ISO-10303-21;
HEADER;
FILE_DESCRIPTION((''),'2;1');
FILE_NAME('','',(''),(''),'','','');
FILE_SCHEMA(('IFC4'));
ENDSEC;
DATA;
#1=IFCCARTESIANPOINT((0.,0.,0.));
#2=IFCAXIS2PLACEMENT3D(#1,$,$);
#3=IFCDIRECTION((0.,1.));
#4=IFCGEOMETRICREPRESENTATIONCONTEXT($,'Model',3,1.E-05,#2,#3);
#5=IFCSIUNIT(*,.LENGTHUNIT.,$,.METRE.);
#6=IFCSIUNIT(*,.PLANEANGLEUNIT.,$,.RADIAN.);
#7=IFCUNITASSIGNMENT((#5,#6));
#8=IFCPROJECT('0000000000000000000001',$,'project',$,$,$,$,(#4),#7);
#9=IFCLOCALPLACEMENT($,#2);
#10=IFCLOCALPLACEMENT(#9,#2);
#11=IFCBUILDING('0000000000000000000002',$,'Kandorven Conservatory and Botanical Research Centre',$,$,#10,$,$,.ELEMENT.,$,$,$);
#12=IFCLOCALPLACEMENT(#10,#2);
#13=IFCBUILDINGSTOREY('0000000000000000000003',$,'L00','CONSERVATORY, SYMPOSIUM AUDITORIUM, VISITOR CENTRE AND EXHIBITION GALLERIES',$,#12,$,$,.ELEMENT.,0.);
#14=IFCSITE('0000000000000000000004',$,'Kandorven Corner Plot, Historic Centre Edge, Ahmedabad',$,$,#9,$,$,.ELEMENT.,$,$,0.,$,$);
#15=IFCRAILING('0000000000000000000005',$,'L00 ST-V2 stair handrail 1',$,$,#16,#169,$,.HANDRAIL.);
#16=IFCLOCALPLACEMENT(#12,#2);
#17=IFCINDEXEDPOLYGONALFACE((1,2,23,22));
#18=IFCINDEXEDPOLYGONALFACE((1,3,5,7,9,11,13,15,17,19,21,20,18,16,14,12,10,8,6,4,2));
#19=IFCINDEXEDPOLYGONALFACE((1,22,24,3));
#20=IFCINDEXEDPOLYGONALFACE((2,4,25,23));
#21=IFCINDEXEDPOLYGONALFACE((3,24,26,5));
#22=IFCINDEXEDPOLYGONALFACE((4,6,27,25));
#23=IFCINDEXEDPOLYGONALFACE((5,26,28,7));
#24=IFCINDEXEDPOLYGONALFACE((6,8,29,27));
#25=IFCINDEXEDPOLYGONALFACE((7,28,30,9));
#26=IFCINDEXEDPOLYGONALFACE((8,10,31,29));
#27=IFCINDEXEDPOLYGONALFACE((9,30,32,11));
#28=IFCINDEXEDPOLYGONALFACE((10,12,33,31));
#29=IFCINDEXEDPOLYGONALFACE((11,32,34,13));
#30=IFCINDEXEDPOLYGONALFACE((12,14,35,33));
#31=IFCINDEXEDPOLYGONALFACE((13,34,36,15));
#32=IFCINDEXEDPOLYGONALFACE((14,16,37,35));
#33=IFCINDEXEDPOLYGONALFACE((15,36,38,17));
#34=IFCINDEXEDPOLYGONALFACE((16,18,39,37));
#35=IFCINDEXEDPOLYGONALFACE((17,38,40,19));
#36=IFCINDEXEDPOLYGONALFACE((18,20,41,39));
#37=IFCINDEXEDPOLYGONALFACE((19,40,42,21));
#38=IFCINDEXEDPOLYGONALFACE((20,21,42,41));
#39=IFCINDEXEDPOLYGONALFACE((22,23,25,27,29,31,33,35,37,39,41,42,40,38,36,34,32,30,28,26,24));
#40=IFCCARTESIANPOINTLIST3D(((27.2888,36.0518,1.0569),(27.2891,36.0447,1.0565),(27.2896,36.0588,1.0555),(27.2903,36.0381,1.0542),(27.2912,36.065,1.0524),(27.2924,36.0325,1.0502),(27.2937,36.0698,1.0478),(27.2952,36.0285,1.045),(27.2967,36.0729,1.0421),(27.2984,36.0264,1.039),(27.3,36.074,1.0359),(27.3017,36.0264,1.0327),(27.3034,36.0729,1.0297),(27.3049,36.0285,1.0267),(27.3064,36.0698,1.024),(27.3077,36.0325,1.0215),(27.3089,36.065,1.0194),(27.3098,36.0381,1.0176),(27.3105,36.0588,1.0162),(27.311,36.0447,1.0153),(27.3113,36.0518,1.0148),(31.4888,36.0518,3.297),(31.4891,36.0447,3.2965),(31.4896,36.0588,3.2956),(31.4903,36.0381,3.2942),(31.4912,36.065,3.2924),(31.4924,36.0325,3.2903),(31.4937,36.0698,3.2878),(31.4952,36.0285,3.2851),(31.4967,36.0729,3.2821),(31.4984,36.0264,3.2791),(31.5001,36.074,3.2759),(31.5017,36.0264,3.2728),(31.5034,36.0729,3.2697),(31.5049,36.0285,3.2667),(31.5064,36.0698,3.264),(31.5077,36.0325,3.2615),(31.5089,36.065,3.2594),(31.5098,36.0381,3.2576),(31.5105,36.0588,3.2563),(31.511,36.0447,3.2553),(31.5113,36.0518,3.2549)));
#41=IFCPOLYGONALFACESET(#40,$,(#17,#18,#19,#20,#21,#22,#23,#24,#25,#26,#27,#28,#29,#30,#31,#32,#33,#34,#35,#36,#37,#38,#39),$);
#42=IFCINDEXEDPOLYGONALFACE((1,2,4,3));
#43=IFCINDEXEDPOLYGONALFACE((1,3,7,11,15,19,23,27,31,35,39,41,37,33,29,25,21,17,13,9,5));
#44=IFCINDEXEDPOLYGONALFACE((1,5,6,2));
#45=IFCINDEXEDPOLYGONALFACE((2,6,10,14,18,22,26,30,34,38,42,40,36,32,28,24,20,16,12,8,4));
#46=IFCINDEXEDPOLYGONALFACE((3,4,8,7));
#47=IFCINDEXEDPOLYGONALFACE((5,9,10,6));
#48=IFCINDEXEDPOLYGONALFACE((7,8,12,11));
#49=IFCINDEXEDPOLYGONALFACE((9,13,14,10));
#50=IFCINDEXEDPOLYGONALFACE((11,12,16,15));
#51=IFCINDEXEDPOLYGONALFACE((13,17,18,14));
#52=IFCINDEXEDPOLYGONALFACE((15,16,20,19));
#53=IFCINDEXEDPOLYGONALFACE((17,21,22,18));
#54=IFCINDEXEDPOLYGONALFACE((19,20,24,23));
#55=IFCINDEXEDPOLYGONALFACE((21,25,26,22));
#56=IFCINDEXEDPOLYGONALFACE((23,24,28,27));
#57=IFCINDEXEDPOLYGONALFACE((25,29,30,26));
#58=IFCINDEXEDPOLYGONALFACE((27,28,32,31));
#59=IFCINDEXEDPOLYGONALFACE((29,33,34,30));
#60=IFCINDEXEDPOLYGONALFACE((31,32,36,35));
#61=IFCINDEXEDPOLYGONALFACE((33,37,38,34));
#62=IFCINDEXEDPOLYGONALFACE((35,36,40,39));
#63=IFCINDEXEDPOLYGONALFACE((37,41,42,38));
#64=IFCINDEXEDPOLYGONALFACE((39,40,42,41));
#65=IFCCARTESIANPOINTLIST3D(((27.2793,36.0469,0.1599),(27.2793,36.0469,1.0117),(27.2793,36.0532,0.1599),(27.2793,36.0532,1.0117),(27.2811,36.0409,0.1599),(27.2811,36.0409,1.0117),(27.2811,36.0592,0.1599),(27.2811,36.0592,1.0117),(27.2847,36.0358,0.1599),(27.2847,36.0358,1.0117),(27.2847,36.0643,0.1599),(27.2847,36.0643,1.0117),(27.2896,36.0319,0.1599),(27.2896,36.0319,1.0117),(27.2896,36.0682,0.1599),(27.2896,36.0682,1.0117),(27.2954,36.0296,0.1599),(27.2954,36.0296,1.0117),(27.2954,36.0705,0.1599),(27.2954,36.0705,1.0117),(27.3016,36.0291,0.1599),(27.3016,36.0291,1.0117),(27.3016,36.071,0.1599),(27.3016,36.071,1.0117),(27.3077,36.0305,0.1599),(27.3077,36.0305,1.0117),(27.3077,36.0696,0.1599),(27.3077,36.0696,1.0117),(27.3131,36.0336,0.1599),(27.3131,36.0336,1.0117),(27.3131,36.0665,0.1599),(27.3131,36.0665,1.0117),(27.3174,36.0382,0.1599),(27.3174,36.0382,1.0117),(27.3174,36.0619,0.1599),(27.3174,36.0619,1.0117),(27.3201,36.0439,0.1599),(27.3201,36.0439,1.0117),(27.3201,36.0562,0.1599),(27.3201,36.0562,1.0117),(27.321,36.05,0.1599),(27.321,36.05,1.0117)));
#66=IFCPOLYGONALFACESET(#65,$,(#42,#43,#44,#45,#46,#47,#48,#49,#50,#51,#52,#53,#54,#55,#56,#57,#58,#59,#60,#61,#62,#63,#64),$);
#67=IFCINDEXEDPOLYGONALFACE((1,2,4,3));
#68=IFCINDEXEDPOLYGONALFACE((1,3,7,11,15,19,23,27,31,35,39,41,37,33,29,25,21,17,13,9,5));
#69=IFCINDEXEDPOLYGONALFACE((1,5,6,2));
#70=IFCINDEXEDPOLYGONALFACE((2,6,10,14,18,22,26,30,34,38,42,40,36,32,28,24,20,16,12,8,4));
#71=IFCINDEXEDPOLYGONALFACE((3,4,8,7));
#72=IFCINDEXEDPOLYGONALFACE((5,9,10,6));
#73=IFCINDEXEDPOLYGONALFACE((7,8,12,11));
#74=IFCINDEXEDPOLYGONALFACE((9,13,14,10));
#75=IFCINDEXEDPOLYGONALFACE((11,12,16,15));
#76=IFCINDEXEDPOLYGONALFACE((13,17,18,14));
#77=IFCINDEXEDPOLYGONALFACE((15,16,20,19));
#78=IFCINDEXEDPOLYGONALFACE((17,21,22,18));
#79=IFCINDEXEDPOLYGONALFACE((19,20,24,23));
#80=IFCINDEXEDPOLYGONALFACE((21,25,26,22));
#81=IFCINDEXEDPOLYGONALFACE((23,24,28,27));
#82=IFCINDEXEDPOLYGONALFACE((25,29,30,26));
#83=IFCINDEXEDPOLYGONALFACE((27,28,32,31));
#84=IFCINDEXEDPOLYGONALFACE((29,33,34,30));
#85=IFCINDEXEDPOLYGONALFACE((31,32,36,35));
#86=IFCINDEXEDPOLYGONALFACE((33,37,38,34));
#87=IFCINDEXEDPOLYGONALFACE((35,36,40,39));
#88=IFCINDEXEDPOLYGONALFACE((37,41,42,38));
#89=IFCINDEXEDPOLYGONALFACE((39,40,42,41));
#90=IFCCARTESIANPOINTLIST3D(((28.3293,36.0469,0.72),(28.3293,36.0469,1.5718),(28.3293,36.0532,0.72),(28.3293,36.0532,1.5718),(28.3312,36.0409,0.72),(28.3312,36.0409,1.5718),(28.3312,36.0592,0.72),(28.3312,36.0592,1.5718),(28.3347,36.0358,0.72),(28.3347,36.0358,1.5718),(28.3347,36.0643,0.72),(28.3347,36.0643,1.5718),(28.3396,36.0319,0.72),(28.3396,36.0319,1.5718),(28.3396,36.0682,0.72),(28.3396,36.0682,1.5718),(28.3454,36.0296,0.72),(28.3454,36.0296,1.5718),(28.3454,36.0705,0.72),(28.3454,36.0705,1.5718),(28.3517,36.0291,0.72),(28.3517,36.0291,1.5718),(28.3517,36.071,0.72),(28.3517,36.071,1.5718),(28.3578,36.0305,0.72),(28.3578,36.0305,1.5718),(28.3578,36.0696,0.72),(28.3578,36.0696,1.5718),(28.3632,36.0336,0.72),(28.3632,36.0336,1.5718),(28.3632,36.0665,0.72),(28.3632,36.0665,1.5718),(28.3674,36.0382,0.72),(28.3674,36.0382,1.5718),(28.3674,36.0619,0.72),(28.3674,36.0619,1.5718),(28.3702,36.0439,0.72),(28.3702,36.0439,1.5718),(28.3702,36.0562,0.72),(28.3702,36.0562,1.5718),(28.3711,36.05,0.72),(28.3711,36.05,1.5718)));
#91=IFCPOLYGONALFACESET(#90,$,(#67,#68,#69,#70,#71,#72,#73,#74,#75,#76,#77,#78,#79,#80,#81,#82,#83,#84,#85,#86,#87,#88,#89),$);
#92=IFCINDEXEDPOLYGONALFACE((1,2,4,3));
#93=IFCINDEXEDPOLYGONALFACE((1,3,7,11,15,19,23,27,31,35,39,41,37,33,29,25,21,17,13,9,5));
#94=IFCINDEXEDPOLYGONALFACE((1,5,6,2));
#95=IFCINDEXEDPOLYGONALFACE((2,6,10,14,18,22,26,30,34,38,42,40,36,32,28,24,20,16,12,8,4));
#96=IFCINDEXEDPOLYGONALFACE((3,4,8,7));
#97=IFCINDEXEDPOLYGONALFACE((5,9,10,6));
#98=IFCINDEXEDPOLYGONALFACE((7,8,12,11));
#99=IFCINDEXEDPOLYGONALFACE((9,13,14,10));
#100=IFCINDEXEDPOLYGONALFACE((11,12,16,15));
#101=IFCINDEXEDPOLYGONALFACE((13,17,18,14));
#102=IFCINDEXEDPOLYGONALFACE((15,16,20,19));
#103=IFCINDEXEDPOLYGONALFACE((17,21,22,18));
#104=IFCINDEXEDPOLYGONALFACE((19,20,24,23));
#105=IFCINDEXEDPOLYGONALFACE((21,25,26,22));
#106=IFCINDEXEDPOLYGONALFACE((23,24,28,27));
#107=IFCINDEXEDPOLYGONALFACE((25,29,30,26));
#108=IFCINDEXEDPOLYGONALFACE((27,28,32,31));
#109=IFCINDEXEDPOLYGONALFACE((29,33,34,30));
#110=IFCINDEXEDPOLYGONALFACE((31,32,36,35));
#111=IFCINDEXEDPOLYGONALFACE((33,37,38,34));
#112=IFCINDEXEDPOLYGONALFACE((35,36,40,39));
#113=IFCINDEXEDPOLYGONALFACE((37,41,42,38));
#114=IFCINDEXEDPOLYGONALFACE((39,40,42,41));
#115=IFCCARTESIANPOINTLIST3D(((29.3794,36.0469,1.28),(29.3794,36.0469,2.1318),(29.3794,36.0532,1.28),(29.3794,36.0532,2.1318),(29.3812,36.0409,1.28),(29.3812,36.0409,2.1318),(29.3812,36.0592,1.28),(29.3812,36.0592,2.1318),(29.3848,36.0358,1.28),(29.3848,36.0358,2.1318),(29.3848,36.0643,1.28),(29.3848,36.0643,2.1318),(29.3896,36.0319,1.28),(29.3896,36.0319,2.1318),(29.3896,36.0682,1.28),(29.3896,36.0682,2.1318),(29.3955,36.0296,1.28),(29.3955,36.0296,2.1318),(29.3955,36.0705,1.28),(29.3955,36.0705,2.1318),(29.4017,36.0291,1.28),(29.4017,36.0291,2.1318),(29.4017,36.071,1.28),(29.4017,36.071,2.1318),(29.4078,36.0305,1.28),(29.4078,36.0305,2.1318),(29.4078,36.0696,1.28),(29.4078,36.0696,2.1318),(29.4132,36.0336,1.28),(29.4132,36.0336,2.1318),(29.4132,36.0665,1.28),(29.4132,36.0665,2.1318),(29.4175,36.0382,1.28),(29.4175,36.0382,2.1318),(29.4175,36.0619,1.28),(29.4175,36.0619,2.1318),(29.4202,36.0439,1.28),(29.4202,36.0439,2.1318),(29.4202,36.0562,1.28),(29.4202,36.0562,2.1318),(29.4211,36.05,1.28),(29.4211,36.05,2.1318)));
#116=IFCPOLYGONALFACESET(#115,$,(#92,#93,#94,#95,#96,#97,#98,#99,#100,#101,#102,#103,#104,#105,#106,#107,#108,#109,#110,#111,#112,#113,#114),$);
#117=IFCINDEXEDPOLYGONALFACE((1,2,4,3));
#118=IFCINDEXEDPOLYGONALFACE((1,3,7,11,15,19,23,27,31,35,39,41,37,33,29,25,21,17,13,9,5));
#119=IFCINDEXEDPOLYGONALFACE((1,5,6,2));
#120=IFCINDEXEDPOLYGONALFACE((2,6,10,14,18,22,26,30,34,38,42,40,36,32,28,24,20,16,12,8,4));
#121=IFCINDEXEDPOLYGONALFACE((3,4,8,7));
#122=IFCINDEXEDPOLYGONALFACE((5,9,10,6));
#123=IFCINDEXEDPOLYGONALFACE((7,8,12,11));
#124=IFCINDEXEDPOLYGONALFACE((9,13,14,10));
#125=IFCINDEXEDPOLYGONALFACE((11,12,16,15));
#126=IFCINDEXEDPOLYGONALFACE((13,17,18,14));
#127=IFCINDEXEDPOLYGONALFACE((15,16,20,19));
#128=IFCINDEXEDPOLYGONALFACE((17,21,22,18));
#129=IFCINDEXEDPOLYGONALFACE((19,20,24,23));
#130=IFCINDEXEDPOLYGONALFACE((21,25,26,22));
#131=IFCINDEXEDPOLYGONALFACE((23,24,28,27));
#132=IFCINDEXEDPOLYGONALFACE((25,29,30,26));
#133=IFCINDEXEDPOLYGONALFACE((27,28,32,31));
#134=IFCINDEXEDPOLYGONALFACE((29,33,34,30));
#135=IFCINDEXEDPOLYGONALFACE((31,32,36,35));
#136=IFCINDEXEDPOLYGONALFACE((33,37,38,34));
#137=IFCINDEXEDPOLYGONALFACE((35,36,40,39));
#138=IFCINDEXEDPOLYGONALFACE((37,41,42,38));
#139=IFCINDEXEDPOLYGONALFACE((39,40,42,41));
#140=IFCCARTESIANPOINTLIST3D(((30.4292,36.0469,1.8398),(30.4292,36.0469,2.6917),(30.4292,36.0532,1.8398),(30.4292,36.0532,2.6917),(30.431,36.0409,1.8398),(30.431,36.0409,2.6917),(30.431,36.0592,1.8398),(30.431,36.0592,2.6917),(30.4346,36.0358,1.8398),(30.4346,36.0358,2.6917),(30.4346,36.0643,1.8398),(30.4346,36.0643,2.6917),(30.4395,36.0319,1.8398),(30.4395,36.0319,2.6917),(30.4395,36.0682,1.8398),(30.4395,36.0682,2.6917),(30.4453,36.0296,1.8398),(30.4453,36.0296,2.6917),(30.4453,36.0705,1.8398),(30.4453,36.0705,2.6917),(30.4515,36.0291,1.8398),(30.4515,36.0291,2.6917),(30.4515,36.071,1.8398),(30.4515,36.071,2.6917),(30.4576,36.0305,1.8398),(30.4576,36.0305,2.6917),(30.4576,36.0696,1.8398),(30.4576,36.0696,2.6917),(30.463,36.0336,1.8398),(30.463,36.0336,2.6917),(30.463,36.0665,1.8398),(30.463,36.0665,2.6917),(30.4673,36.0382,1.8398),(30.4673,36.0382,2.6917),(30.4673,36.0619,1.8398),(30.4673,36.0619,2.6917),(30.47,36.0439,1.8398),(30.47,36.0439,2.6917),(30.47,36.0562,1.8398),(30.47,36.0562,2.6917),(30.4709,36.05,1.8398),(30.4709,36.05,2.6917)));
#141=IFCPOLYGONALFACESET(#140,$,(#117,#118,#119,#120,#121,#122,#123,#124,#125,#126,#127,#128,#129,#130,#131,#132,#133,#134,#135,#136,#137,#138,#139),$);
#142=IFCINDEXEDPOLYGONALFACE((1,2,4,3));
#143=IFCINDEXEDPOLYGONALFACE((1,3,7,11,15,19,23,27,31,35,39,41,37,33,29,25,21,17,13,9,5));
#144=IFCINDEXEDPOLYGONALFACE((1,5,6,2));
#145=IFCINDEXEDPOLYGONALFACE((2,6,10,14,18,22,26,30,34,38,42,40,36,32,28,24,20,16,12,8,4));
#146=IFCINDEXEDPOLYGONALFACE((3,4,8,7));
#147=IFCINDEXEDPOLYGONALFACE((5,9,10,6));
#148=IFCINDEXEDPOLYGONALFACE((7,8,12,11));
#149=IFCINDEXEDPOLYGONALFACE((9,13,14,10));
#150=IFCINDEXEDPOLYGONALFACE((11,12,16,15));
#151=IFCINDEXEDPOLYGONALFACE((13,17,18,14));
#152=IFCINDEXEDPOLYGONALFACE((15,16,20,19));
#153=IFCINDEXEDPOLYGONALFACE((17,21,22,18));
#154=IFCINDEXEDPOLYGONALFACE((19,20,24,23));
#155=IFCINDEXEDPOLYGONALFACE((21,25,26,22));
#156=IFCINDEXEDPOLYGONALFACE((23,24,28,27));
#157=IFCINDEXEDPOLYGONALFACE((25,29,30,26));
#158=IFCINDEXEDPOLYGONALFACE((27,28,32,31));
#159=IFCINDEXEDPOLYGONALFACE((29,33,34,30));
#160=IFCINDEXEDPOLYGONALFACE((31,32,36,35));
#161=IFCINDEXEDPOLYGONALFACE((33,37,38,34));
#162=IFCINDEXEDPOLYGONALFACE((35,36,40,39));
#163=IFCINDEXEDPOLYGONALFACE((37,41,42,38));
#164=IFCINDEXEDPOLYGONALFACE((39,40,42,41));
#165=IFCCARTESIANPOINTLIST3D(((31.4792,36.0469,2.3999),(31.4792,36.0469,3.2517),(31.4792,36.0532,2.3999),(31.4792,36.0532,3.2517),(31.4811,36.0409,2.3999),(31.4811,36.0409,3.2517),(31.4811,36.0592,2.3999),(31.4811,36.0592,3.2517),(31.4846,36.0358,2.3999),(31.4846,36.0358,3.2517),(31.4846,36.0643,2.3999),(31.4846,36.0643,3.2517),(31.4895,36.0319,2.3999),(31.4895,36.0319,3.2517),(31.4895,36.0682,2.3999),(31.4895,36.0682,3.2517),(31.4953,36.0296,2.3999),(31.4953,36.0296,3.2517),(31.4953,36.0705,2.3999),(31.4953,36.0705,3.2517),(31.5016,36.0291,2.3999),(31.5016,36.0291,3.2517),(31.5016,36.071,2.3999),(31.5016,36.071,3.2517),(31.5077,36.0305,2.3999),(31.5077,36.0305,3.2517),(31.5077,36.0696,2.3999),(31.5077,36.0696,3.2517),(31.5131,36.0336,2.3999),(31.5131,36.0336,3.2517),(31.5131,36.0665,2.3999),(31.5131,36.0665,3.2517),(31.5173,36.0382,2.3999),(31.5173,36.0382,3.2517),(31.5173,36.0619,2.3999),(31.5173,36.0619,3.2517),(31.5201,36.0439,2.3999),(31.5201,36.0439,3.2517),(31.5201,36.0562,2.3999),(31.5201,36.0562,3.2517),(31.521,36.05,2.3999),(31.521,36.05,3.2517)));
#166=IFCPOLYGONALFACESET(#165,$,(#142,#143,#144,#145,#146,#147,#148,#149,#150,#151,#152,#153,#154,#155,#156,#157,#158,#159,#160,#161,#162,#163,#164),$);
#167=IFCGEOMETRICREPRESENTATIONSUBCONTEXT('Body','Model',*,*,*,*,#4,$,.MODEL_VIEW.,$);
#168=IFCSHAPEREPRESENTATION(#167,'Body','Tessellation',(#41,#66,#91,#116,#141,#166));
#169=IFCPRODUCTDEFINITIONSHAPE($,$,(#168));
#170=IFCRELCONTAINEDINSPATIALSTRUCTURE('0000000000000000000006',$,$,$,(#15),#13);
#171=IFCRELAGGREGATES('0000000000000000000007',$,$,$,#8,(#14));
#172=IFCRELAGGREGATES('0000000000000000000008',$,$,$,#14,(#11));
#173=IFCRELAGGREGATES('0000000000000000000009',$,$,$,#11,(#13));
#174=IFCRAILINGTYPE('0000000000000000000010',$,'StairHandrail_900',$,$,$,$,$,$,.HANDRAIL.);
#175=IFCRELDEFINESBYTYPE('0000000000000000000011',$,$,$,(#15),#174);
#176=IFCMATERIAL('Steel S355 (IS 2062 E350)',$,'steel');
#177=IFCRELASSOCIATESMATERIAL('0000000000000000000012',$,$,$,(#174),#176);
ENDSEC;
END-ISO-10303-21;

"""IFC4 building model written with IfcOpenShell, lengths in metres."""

from ifc_helpers import new_model, si_unit, direction, frame, origin, origin_2d, place, context, subcontext, project, spatial, circle, extrude, material, type_object, element, save


model = new_model("IFC4")

# Units and contexts
model_context = context("Model", 3, precision=1e-05, world=origin(), true_north=direction((0.0, 1.0)))
body_context = subcontext(model_context, "Body", "Model", "MODEL_VIEW")
ifc_project = project(units=[si_unit("LENGTHUNIT", "METRE"), si_unit("PLANEANGLEUNIT", "RADIAN")], contexts=[model_context])

# Site, building, storey
site_placement = place(None, origin())
site = spatial("IfcSite", under=ifc_project, at=site_placement, Name="Kandorven Corner Plot, Historic Centre Edge, Ahmedabad", CompositionType="ELEMENT", RefElevation=0.0)
building_placement = place(site_placement, origin())
building = spatial("IfcBuilding", under=site, at=building_placement, Name="Kandorven Conservatory and Botanical Research Centre", CompositionType="ELEMENT")
storey_placement = place(building_placement, origin())
storey = spatial("IfcBuildingStorey", under=building, at=storey_placement, Name="L00", Description="CONSERVATORY, SYMPOSIUM AUDITORIUM, VISITOR CENTRE AND EXHIBITION GALLERIES", CompositionType="ELEMENT", Elevation=0.0)

# Railing
ifc_material_1 = material(Name="Steel S355 (IS 2062 E350)", Category="steel")
railing_type_1 = type_object("IfcRailingType", Name="StairHandrail_900", PredefinedType="HANDRAIL", material=ifc_material_1)
railing_1_placement = place(storey_placement, frame((27.3, 36.05, 0.1599)))
element("IfcRailing", 1, at=railing_1_placement, inside=storey, type_object=railing_type_1, Name="L00 ST-V2 stair handrail 1", PredefinedType="HANDRAIL", context=body_context, shape_type="SweptSolid", body=[
    extrude(circle(Radius=0.0239, at=origin_2d()), frame((0.0, 0.0, 0.876), z_axis=(0.882352, 0.0, 0.470591), x_axis=(0.0, 1.0, 0.0)), (0.0, 0.0, 1.0), 4.76),
    extrude(circle(Radius=0.021, at=origin_2d()), origin(), (0.0, 0.0, 1.0), 0.8518),
    extrude(circle(Radius=0.021, at=origin_2d()), frame((1.05, 0.0, 0.5601)), (0.0, 0.0, 1.0), 0.8518),
    extrude(circle(Radius=0.021, at=origin_2d()), frame((2.1001, 0.0, 1.1201)), (0.0, 0.0, 1.0), 0.8518),
    extrude(circle(Radius=0.021, at=origin_2d()), frame((3.1499, 0.0, 1.6799)), (0.0, 0.0, 1.0), 0.8518),
    extrude(circle(Radius=0.021, at=origin_2d()), frame((4.2, 0.0, 2.24)), (0.0, 0.0, 1.0), 0.8518),
])

save(model, "model.ifc")
